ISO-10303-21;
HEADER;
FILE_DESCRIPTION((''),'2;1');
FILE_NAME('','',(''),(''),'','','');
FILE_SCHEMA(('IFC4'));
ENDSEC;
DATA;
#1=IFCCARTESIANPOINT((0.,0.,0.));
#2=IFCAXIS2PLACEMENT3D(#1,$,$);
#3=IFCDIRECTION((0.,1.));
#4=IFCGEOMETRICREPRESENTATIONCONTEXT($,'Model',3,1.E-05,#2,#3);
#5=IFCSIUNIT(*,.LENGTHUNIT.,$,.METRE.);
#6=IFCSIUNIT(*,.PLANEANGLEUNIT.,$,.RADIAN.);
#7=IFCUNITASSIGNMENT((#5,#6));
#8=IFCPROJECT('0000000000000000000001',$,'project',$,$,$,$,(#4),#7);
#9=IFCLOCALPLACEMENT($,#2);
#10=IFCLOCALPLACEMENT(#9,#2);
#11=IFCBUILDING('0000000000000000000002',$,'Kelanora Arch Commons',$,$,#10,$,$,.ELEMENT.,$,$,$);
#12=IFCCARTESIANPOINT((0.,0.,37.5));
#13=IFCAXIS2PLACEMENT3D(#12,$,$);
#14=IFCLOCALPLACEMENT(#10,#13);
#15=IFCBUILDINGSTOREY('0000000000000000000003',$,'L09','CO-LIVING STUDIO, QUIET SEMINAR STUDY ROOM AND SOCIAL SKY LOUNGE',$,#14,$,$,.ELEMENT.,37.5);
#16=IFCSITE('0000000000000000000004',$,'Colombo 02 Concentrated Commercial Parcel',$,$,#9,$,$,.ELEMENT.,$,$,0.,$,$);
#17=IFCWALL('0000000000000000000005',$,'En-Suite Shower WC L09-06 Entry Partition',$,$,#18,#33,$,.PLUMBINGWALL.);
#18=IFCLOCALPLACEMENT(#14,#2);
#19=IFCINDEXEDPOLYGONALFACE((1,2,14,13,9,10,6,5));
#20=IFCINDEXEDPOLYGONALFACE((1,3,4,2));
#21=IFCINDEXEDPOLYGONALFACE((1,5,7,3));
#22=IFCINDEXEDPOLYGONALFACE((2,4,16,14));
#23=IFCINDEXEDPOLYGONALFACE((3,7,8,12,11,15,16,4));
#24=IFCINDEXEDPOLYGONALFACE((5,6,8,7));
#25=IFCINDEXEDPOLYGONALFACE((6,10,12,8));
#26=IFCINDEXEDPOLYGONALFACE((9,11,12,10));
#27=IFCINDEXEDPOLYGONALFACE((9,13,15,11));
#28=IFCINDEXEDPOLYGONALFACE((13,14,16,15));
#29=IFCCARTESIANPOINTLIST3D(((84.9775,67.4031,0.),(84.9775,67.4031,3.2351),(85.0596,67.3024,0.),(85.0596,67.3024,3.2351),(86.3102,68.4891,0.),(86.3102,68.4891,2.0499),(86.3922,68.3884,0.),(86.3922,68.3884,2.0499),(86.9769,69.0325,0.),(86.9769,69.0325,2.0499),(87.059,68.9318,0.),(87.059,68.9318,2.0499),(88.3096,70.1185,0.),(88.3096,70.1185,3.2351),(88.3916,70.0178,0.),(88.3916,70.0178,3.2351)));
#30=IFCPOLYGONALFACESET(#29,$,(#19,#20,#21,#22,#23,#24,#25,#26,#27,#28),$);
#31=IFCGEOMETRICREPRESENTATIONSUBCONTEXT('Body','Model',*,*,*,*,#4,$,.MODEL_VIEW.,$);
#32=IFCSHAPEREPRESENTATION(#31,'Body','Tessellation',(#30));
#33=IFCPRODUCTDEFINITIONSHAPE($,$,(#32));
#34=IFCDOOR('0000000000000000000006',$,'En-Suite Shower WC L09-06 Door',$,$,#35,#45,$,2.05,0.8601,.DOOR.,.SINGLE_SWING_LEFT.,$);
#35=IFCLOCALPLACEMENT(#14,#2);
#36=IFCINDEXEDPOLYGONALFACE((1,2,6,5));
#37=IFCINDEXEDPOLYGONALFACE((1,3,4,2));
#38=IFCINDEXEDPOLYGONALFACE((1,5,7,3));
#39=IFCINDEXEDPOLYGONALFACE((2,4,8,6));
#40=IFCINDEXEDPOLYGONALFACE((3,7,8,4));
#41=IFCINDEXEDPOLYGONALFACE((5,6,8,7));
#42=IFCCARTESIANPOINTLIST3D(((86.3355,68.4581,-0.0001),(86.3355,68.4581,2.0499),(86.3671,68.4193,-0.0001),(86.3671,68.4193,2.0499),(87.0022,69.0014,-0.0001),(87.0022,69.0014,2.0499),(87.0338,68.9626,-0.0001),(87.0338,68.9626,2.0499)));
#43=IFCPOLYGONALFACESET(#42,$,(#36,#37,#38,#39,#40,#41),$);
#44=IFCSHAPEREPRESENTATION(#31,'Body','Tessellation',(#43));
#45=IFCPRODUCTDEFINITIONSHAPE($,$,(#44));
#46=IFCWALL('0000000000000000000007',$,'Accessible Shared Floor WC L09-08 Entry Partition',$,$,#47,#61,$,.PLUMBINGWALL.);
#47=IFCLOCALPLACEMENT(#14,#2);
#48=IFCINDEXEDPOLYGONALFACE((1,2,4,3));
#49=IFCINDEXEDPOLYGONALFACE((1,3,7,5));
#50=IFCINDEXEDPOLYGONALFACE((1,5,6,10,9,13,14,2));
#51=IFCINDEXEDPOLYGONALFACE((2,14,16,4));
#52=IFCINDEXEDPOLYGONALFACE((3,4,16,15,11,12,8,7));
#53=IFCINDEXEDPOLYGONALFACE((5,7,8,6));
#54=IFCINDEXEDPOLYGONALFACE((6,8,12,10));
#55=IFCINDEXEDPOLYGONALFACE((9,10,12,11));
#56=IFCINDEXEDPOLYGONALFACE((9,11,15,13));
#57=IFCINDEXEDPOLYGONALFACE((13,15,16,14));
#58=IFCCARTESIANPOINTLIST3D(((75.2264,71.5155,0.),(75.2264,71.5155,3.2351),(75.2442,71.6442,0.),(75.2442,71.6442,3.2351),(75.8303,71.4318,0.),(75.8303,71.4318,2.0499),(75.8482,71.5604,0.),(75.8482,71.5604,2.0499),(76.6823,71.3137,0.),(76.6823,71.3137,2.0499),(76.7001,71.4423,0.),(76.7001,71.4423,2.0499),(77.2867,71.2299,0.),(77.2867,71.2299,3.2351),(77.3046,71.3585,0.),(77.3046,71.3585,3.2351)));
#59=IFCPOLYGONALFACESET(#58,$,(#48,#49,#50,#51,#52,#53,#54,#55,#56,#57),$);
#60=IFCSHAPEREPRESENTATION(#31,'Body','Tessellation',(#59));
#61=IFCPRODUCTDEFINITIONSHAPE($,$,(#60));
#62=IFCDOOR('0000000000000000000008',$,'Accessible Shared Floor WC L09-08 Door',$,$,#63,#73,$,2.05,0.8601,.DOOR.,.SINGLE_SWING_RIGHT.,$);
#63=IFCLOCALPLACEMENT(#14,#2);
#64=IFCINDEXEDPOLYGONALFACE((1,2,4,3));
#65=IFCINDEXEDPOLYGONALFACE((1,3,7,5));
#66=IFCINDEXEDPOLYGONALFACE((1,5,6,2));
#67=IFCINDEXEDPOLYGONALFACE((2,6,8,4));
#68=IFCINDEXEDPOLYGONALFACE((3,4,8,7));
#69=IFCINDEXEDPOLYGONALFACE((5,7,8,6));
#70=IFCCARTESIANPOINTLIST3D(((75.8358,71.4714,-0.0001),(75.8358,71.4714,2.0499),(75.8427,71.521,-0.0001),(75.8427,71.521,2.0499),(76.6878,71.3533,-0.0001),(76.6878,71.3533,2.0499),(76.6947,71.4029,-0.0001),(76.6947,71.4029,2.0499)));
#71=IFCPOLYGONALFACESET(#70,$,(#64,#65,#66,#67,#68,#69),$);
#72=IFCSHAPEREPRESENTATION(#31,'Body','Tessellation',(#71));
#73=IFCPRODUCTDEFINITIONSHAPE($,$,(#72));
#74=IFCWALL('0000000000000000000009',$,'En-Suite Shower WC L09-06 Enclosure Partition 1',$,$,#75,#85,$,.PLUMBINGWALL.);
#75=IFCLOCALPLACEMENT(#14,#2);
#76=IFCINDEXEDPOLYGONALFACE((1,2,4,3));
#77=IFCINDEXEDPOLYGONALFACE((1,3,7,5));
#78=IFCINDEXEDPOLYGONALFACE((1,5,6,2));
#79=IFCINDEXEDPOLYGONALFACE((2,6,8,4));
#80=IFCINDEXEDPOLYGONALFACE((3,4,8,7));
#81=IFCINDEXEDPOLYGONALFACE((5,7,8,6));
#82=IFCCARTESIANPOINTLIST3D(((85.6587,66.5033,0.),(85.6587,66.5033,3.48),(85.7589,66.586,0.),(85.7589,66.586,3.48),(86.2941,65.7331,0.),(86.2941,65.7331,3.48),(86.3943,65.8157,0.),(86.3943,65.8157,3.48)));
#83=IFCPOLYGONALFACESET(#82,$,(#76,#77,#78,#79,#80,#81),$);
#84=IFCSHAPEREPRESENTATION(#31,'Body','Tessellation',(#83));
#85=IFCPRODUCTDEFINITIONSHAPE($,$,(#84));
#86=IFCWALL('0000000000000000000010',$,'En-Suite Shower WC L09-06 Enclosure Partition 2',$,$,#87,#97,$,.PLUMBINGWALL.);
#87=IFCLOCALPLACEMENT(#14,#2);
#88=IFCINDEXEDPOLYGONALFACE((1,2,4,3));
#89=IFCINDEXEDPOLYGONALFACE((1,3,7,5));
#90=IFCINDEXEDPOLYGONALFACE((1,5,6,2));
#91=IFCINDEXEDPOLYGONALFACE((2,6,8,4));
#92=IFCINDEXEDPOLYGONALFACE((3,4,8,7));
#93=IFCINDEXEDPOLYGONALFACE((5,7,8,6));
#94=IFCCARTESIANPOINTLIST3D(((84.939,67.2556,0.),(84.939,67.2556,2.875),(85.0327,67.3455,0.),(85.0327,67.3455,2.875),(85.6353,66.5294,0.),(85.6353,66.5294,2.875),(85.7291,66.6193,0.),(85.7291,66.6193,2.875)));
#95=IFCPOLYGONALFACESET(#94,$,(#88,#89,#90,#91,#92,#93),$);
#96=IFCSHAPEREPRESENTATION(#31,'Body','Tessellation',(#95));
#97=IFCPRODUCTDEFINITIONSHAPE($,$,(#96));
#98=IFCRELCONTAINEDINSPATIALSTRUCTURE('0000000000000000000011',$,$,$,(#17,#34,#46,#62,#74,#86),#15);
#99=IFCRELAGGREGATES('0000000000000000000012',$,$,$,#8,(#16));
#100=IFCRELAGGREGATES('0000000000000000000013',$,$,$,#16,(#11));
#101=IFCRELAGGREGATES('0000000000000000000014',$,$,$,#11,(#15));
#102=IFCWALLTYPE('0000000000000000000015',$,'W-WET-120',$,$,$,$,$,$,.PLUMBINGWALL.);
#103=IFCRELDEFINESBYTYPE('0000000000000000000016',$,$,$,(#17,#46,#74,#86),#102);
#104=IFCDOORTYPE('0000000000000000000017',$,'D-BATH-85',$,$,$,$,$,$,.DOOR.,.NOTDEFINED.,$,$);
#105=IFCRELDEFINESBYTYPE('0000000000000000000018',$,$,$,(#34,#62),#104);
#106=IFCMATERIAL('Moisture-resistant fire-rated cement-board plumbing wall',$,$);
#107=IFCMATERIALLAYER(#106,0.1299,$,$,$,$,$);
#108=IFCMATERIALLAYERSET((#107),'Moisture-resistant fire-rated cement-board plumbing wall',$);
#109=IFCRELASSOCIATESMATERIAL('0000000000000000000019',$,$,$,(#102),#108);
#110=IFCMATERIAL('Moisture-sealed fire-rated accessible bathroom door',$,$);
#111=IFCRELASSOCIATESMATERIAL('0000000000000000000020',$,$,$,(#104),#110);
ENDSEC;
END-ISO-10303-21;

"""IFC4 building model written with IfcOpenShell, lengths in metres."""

from ifc_helpers import new_model, si_unit, direction, frame, frame_2d, origin, place, context, subcontext, project, spatial, rectangle, extrude, material, layer, layer_set, type_object, element, fill, save


model = new_model("IFC4")

# Units and contexts
model_context = context("Model", 3, precision=1e-05, world=origin(), true_north=direction((0.0, 1.0)))
body_context = subcontext(model_context, "Body", "Model", "MODEL_VIEW")
ifc_project = project(units=[si_unit("LENGTHUNIT", "METRE"), si_unit("PLANEANGLEUNIT", "RADIAN")], contexts=[model_context])

# Site, building, storey
site_placement = place(None, origin())
site = spatial("IfcSite", under=ifc_project, at=site_placement, Name="Colombo 02 Concentrated Commercial Parcel", CompositionType="ELEMENT", RefElevation=0.0)
building_placement = place(site_placement, origin())
building = spatial("IfcBuilding", under=site, at=building_placement, Name="Kelanora Arch Commons", CompositionType="ELEMENT")
storey_placement = place(building_placement, frame((0.0, 0.0, 37.5)))
storey = spatial("IfcBuildingStorey", under=building, at=storey_placement, Name="L09", Description="CO-LIVING STUDIO, QUIET SEMINAR STUDY ROOM AND SOCIAL SKY LOUNGE", CompositionType="ELEMENT", Elevation=37.5)

# Walls, openings, doors
ifc_material_1 = material(Name="Moisture-resistant fire-rated cement-board plumbing wall")
ifc_layer_1 = layer(ifc_material_1, 0.1299)
ifc_layer_set_1 = layer_set([ifc_layer_1], Name="Moisture-resistant fire-rated cement-board plumbing wall")
wall_type_1 = type_object("IfcWallType", Name="W-WET-120", PredefinedType="PLUMBINGWALL", material=ifc_layer_set_1)
wall_1_placement = place(storey_placement, frame((85.0186, 67.3528, 0.0), z_axis=(0.0, 0.0, 1.0), x_axis=(0.775196, 0.631721, 0.0)))
wall_1 = element("IfcWall", 1, at=wall_1_placement, inside=storey, type_object=wall_type_1, Name="En-Suite Shower WC L09-06 Entry Partition", PredefinedType="PLUMBINGWALL", context=body_context, shape_type="SweptSolid", body=[
    extrude(rectangle(XDim=4.2983, YDim=0.1299, at=frame_2d((2.1492, 0.0))), origin(), (0.0, 0.0, 1.0), 3.2351),
])
opening_1_placement = place(wall_1_placement, frame((1.719, 0.0, 0.0)))
opening_1 = element("IfcOpeningElement", 2, at=opening_1_placement, cuts=wall_1, PredefinedType="OPENING", context=body_context, shape_type="SweptSolid", body=[
    extrude(rectangle(XDim=0.8601, YDim=2.05, at=frame_2d((0.4302, 1.0249))), frame((0.0, 0.075, 0.0), z_axis=(0.0, -1.0, 0.0), x_axis=(1.0, 0.0, 0.0)), (0.0, 0.0, 1.0), 0.1499),
])
ifc_material_2 = material(Name="Moisture-sealed fire-rated accessible bathroom door")
door_type_1 = type_object("IfcDoorType", Name="D-BATH-85", OperationType="NOTDEFINED", PredefinedType="DOOR", material=ifc_material_2)
door_1_placement = place(opening_1_placement, origin())
door_1 = element("IfcDoor", 3, at=door_1_placement, inside=storey, type_object=door_type_1, Name="En-Suite Shower WC L09-06 Door", OperationType="SINGLE_SWING_LEFT", OverallHeight=2.05, OverallWidth=0.8601, PredefinedType="DOOR", context=body_context, shape_type="SweptSolid", body=[
    extrude(rectangle(XDim=0.8601, YDim=2.05, at=frame_2d((0.4302, 1.0249))), frame((0.0, 0.0249, 0.0), z_axis=(0.0, -1.0, 0.0), x_axis=(1.0, 0.0, 0.0)), (0.0, 0.0, 1.0), 0.05),
])
fill(opening_1, door_1)
wall_2_placement = place(storey_placement, frame((77.2957, 71.2942, 0.0), z_axis=(0.0, 0.0, 1.0), x_axis=(-0.990526, 0.137328, 0.0)))
wall_2 = element("IfcWall", 4, at=wall_2_placement, inside=storey, type_object=wall_type_1, Name="Accessible Shared Floor WC L09-08 Entry Partition", PredefinedType="PLUMBINGWALL", context=body_context, shape_type="SweptSolid", body=[
    extrude(rectangle(XDim=2.0801, YDim=0.1299, at=frame_2d((1.04, 0.0))), origin(), (0.0, 0.0, 1.0), 3.2351),
])
opening_2_placement = place(wall_2_placement, frame((0.6101, 0.0, 0.0)))
opening_2 = element("IfcOpeningElement", 5, at=opening_2_placement, cuts=wall_2, PredefinedType="OPENING", context=body_context, shape_type="SweptSolid", body=[
    extrude(rectangle(XDim=0.8601, YDim=2.05, at=frame_2d((0.4302, 1.0249))), frame((0.0, 0.075, 0.0), z_axis=(0.0, -1.0, 0.0), x_axis=(1.0, 0.0, 0.0)), (0.0, 0.0, 1.0), 0.1499),
])
door_2_placement = place(opening_2_placement, origin())
door_2 = element("IfcDoor", 6, at=door_2_placement, inside=storey, type_object=door_type_1, Name="Accessible Shared Floor WC L09-08 Door", OperationType="SINGLE_SWING_RIGHT", OverallHeight=2.05, OverallWidth=0.8601, PredefinedType="DOOR", context=body_context, shape_type="SweptSolid", body=[
    extrude(rectangle(XDim=0.8601, YDim=2.05, at=frame_2d((0.4302, 1.0249))), frame((0.0, 0.0249, 0.0), z_axis=(0.0, -1.0, 0.0), x_axis=(1.0, 0.0, 0.0)), (0.0, 0.0, 1.0), 0.05),
])
fill(opening_2, door_2)

# Walls
wall_3_placement = place(storey_placement, frame((86.3442, 65.7744, 0.0), z_axis=(0.0, 0.0, 1.0), x_axis=(-0.636401, 0.771358, 0.0)))
element("IfcWall", 7, at=wall_3_placement, inside=storey, type_object=wall_type_1, Name="En-Suite Shower WC L09-06 Enclosure Partition 1", PredefinedType="PLUMBINGWALL", context=body_context, shape_type="SweptSolid", body=[
    extrude(rectangle(XDim=0.9985, YDim=0.1299, at=frame_2d((0.4993, 0.0))), origin(), (0.0, 0.0, 1.0), 3.48),
])
wall_4_placement = place(storey_placement, frame((85.6821, 66.5745, 0.0), z_axis=(0.0, 0.0, 1.0), x_axis=(-0.692148, 0.721756, 0.0)))
element("IfcWall", 8, at=wall_4_placement, inside=storey, type_object=wall_type_1, Name="En-Suite Shower WC L09-06 Enclosure Partition 2", PredefinedType="PLUMBINGWALL", context=body_context, shape_type="SweptSolid", body=[
    extrude(rectangle(XDim=1.0061, YDim=0.1299, at=frame_2d((0.5029, 0.0))), origin(), (0.0, 0.0, 1.0), 2.875),
])

save(model, "model.ifc")
